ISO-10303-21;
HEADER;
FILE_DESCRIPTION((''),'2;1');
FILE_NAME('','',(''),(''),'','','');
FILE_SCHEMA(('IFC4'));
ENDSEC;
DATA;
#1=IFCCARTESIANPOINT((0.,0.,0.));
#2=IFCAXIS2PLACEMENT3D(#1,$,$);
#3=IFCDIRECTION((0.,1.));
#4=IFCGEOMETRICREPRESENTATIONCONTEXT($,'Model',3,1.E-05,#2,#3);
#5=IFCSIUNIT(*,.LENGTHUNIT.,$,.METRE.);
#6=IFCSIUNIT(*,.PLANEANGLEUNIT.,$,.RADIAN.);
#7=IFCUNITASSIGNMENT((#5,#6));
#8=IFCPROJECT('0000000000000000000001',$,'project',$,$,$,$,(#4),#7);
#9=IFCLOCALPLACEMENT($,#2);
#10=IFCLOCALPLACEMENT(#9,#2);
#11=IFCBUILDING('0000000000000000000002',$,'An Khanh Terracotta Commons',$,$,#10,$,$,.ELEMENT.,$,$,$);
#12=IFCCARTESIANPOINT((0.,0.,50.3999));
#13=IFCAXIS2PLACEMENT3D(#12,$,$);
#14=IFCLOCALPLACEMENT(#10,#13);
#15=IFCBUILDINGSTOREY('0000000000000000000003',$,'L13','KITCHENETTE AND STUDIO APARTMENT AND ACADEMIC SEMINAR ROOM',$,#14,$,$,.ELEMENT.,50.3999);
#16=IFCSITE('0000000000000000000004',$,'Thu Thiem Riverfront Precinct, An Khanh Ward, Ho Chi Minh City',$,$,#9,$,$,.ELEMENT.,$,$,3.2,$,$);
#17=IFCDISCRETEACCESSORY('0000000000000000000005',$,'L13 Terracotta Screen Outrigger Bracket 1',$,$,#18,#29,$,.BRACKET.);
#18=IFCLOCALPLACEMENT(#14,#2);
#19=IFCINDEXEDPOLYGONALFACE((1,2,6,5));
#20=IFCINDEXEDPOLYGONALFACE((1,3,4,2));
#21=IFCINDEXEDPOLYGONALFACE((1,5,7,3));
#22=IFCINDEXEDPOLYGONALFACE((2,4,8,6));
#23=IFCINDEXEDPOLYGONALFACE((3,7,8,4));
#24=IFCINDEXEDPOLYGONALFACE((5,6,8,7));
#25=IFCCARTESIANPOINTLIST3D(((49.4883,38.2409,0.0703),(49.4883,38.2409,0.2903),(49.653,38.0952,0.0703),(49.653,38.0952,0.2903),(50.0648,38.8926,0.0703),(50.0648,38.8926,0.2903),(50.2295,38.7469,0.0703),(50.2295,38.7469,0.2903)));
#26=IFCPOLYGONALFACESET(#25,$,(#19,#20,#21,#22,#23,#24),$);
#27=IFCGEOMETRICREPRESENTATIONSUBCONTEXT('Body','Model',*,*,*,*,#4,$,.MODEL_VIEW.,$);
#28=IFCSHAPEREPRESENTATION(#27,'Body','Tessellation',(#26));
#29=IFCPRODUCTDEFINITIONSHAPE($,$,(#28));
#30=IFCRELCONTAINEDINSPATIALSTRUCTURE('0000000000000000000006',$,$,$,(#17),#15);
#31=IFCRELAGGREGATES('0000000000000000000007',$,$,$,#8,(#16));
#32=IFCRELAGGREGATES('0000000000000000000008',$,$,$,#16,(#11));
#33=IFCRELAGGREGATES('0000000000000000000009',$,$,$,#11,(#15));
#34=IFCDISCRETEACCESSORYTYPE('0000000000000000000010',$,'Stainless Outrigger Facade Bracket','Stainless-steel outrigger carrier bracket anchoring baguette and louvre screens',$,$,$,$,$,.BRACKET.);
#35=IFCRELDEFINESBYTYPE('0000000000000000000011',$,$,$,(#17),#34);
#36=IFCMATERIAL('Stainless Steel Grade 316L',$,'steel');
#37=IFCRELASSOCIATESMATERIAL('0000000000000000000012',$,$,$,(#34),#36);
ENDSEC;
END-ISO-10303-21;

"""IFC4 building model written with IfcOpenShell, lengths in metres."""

from ifc_helpers import new_model, si_unit, direction, frame, origin, origin_2d, place, context, subcontext, project, spatial, rectangle, extrude, material, type_object, element, save


model = new_model("IFC4")

# Units and contexts
model_context = context("Model", 3, precision=1e-05, world=origin(), true_north=direction((0.0, 1.0)))
body_context = subcontext(model_context, "Body", "Model", "MODEL_VIEW")
ifc_project = project(units=[si_unit("LENGTHUNIT", "METRE"), si_unit("PLANEANGLEUNIT", "RADIAN")], contexts=[model_context])

# Site, building, storey
site_placement = place(None, origin())
site = spatial("IfcSite", under=ifc_project, at=site_placement, Name="Thu Thiem Riverfront Precinct, An Khanh Ward, Ho Chi Minh City", CompositionType="ELEMENT", RefElevation=3.2)
building_placement = place(site_placement, origin())
building = spatial("IfcBuilding", under=site, at=building_placement, Name="An Khanh Terracotta Commons", CompositionType="ELEMENT")
storey_placement = place(building_placement, frame((0.0, 0.0, 50.3999)))
storey = spatial("IfcBuildingStorey", under=building, at=storey_placement, Name="L13", Description="KITCHENETTE AND STUDIO APARTMENT AND ACADEMIC SEMINAR ROOM", CompositionType="ELEMENT", Elevation=50.3999)

# Discrete accessory
ifc_material_1 = material(Name="Stainless Steel Grade 316L", Category="steel")
discrete_accessory_type = type_object("IfcDiscreteAccessoryType", Name="Stainless Outrigger Facade Bracket", Description="Stainless-steel outrigger carrier bracket anchoring baguette and louvre screens", PredefinedType="BRACKET", material=ifc_material_1)
discrete_accessory_placement = place(storey_placement, frame((49.8589, 38.4939, 0.0703), z_axis=(0.0, 0.0, 1.0), x_axis=(-0.749019, 0.662548, 0.0)))
element("IfcDiscreteAccessory", 1, at=discrete_accessory_placement, inside=storey, type_object=discrete_accessory_type, Name="L13 Terracotta Screen Outrigger Bracket 1", PredefinedType="BRACKET", context=body_context, shape_type="SweptSolid", body=[
    extrude(rectangle(XDim=0.22, YDim=0.8701, at=origin_2d()), origin(), (0.0, 0.0, 1.0), 0.22),
])

save(model, "model.ifc")
